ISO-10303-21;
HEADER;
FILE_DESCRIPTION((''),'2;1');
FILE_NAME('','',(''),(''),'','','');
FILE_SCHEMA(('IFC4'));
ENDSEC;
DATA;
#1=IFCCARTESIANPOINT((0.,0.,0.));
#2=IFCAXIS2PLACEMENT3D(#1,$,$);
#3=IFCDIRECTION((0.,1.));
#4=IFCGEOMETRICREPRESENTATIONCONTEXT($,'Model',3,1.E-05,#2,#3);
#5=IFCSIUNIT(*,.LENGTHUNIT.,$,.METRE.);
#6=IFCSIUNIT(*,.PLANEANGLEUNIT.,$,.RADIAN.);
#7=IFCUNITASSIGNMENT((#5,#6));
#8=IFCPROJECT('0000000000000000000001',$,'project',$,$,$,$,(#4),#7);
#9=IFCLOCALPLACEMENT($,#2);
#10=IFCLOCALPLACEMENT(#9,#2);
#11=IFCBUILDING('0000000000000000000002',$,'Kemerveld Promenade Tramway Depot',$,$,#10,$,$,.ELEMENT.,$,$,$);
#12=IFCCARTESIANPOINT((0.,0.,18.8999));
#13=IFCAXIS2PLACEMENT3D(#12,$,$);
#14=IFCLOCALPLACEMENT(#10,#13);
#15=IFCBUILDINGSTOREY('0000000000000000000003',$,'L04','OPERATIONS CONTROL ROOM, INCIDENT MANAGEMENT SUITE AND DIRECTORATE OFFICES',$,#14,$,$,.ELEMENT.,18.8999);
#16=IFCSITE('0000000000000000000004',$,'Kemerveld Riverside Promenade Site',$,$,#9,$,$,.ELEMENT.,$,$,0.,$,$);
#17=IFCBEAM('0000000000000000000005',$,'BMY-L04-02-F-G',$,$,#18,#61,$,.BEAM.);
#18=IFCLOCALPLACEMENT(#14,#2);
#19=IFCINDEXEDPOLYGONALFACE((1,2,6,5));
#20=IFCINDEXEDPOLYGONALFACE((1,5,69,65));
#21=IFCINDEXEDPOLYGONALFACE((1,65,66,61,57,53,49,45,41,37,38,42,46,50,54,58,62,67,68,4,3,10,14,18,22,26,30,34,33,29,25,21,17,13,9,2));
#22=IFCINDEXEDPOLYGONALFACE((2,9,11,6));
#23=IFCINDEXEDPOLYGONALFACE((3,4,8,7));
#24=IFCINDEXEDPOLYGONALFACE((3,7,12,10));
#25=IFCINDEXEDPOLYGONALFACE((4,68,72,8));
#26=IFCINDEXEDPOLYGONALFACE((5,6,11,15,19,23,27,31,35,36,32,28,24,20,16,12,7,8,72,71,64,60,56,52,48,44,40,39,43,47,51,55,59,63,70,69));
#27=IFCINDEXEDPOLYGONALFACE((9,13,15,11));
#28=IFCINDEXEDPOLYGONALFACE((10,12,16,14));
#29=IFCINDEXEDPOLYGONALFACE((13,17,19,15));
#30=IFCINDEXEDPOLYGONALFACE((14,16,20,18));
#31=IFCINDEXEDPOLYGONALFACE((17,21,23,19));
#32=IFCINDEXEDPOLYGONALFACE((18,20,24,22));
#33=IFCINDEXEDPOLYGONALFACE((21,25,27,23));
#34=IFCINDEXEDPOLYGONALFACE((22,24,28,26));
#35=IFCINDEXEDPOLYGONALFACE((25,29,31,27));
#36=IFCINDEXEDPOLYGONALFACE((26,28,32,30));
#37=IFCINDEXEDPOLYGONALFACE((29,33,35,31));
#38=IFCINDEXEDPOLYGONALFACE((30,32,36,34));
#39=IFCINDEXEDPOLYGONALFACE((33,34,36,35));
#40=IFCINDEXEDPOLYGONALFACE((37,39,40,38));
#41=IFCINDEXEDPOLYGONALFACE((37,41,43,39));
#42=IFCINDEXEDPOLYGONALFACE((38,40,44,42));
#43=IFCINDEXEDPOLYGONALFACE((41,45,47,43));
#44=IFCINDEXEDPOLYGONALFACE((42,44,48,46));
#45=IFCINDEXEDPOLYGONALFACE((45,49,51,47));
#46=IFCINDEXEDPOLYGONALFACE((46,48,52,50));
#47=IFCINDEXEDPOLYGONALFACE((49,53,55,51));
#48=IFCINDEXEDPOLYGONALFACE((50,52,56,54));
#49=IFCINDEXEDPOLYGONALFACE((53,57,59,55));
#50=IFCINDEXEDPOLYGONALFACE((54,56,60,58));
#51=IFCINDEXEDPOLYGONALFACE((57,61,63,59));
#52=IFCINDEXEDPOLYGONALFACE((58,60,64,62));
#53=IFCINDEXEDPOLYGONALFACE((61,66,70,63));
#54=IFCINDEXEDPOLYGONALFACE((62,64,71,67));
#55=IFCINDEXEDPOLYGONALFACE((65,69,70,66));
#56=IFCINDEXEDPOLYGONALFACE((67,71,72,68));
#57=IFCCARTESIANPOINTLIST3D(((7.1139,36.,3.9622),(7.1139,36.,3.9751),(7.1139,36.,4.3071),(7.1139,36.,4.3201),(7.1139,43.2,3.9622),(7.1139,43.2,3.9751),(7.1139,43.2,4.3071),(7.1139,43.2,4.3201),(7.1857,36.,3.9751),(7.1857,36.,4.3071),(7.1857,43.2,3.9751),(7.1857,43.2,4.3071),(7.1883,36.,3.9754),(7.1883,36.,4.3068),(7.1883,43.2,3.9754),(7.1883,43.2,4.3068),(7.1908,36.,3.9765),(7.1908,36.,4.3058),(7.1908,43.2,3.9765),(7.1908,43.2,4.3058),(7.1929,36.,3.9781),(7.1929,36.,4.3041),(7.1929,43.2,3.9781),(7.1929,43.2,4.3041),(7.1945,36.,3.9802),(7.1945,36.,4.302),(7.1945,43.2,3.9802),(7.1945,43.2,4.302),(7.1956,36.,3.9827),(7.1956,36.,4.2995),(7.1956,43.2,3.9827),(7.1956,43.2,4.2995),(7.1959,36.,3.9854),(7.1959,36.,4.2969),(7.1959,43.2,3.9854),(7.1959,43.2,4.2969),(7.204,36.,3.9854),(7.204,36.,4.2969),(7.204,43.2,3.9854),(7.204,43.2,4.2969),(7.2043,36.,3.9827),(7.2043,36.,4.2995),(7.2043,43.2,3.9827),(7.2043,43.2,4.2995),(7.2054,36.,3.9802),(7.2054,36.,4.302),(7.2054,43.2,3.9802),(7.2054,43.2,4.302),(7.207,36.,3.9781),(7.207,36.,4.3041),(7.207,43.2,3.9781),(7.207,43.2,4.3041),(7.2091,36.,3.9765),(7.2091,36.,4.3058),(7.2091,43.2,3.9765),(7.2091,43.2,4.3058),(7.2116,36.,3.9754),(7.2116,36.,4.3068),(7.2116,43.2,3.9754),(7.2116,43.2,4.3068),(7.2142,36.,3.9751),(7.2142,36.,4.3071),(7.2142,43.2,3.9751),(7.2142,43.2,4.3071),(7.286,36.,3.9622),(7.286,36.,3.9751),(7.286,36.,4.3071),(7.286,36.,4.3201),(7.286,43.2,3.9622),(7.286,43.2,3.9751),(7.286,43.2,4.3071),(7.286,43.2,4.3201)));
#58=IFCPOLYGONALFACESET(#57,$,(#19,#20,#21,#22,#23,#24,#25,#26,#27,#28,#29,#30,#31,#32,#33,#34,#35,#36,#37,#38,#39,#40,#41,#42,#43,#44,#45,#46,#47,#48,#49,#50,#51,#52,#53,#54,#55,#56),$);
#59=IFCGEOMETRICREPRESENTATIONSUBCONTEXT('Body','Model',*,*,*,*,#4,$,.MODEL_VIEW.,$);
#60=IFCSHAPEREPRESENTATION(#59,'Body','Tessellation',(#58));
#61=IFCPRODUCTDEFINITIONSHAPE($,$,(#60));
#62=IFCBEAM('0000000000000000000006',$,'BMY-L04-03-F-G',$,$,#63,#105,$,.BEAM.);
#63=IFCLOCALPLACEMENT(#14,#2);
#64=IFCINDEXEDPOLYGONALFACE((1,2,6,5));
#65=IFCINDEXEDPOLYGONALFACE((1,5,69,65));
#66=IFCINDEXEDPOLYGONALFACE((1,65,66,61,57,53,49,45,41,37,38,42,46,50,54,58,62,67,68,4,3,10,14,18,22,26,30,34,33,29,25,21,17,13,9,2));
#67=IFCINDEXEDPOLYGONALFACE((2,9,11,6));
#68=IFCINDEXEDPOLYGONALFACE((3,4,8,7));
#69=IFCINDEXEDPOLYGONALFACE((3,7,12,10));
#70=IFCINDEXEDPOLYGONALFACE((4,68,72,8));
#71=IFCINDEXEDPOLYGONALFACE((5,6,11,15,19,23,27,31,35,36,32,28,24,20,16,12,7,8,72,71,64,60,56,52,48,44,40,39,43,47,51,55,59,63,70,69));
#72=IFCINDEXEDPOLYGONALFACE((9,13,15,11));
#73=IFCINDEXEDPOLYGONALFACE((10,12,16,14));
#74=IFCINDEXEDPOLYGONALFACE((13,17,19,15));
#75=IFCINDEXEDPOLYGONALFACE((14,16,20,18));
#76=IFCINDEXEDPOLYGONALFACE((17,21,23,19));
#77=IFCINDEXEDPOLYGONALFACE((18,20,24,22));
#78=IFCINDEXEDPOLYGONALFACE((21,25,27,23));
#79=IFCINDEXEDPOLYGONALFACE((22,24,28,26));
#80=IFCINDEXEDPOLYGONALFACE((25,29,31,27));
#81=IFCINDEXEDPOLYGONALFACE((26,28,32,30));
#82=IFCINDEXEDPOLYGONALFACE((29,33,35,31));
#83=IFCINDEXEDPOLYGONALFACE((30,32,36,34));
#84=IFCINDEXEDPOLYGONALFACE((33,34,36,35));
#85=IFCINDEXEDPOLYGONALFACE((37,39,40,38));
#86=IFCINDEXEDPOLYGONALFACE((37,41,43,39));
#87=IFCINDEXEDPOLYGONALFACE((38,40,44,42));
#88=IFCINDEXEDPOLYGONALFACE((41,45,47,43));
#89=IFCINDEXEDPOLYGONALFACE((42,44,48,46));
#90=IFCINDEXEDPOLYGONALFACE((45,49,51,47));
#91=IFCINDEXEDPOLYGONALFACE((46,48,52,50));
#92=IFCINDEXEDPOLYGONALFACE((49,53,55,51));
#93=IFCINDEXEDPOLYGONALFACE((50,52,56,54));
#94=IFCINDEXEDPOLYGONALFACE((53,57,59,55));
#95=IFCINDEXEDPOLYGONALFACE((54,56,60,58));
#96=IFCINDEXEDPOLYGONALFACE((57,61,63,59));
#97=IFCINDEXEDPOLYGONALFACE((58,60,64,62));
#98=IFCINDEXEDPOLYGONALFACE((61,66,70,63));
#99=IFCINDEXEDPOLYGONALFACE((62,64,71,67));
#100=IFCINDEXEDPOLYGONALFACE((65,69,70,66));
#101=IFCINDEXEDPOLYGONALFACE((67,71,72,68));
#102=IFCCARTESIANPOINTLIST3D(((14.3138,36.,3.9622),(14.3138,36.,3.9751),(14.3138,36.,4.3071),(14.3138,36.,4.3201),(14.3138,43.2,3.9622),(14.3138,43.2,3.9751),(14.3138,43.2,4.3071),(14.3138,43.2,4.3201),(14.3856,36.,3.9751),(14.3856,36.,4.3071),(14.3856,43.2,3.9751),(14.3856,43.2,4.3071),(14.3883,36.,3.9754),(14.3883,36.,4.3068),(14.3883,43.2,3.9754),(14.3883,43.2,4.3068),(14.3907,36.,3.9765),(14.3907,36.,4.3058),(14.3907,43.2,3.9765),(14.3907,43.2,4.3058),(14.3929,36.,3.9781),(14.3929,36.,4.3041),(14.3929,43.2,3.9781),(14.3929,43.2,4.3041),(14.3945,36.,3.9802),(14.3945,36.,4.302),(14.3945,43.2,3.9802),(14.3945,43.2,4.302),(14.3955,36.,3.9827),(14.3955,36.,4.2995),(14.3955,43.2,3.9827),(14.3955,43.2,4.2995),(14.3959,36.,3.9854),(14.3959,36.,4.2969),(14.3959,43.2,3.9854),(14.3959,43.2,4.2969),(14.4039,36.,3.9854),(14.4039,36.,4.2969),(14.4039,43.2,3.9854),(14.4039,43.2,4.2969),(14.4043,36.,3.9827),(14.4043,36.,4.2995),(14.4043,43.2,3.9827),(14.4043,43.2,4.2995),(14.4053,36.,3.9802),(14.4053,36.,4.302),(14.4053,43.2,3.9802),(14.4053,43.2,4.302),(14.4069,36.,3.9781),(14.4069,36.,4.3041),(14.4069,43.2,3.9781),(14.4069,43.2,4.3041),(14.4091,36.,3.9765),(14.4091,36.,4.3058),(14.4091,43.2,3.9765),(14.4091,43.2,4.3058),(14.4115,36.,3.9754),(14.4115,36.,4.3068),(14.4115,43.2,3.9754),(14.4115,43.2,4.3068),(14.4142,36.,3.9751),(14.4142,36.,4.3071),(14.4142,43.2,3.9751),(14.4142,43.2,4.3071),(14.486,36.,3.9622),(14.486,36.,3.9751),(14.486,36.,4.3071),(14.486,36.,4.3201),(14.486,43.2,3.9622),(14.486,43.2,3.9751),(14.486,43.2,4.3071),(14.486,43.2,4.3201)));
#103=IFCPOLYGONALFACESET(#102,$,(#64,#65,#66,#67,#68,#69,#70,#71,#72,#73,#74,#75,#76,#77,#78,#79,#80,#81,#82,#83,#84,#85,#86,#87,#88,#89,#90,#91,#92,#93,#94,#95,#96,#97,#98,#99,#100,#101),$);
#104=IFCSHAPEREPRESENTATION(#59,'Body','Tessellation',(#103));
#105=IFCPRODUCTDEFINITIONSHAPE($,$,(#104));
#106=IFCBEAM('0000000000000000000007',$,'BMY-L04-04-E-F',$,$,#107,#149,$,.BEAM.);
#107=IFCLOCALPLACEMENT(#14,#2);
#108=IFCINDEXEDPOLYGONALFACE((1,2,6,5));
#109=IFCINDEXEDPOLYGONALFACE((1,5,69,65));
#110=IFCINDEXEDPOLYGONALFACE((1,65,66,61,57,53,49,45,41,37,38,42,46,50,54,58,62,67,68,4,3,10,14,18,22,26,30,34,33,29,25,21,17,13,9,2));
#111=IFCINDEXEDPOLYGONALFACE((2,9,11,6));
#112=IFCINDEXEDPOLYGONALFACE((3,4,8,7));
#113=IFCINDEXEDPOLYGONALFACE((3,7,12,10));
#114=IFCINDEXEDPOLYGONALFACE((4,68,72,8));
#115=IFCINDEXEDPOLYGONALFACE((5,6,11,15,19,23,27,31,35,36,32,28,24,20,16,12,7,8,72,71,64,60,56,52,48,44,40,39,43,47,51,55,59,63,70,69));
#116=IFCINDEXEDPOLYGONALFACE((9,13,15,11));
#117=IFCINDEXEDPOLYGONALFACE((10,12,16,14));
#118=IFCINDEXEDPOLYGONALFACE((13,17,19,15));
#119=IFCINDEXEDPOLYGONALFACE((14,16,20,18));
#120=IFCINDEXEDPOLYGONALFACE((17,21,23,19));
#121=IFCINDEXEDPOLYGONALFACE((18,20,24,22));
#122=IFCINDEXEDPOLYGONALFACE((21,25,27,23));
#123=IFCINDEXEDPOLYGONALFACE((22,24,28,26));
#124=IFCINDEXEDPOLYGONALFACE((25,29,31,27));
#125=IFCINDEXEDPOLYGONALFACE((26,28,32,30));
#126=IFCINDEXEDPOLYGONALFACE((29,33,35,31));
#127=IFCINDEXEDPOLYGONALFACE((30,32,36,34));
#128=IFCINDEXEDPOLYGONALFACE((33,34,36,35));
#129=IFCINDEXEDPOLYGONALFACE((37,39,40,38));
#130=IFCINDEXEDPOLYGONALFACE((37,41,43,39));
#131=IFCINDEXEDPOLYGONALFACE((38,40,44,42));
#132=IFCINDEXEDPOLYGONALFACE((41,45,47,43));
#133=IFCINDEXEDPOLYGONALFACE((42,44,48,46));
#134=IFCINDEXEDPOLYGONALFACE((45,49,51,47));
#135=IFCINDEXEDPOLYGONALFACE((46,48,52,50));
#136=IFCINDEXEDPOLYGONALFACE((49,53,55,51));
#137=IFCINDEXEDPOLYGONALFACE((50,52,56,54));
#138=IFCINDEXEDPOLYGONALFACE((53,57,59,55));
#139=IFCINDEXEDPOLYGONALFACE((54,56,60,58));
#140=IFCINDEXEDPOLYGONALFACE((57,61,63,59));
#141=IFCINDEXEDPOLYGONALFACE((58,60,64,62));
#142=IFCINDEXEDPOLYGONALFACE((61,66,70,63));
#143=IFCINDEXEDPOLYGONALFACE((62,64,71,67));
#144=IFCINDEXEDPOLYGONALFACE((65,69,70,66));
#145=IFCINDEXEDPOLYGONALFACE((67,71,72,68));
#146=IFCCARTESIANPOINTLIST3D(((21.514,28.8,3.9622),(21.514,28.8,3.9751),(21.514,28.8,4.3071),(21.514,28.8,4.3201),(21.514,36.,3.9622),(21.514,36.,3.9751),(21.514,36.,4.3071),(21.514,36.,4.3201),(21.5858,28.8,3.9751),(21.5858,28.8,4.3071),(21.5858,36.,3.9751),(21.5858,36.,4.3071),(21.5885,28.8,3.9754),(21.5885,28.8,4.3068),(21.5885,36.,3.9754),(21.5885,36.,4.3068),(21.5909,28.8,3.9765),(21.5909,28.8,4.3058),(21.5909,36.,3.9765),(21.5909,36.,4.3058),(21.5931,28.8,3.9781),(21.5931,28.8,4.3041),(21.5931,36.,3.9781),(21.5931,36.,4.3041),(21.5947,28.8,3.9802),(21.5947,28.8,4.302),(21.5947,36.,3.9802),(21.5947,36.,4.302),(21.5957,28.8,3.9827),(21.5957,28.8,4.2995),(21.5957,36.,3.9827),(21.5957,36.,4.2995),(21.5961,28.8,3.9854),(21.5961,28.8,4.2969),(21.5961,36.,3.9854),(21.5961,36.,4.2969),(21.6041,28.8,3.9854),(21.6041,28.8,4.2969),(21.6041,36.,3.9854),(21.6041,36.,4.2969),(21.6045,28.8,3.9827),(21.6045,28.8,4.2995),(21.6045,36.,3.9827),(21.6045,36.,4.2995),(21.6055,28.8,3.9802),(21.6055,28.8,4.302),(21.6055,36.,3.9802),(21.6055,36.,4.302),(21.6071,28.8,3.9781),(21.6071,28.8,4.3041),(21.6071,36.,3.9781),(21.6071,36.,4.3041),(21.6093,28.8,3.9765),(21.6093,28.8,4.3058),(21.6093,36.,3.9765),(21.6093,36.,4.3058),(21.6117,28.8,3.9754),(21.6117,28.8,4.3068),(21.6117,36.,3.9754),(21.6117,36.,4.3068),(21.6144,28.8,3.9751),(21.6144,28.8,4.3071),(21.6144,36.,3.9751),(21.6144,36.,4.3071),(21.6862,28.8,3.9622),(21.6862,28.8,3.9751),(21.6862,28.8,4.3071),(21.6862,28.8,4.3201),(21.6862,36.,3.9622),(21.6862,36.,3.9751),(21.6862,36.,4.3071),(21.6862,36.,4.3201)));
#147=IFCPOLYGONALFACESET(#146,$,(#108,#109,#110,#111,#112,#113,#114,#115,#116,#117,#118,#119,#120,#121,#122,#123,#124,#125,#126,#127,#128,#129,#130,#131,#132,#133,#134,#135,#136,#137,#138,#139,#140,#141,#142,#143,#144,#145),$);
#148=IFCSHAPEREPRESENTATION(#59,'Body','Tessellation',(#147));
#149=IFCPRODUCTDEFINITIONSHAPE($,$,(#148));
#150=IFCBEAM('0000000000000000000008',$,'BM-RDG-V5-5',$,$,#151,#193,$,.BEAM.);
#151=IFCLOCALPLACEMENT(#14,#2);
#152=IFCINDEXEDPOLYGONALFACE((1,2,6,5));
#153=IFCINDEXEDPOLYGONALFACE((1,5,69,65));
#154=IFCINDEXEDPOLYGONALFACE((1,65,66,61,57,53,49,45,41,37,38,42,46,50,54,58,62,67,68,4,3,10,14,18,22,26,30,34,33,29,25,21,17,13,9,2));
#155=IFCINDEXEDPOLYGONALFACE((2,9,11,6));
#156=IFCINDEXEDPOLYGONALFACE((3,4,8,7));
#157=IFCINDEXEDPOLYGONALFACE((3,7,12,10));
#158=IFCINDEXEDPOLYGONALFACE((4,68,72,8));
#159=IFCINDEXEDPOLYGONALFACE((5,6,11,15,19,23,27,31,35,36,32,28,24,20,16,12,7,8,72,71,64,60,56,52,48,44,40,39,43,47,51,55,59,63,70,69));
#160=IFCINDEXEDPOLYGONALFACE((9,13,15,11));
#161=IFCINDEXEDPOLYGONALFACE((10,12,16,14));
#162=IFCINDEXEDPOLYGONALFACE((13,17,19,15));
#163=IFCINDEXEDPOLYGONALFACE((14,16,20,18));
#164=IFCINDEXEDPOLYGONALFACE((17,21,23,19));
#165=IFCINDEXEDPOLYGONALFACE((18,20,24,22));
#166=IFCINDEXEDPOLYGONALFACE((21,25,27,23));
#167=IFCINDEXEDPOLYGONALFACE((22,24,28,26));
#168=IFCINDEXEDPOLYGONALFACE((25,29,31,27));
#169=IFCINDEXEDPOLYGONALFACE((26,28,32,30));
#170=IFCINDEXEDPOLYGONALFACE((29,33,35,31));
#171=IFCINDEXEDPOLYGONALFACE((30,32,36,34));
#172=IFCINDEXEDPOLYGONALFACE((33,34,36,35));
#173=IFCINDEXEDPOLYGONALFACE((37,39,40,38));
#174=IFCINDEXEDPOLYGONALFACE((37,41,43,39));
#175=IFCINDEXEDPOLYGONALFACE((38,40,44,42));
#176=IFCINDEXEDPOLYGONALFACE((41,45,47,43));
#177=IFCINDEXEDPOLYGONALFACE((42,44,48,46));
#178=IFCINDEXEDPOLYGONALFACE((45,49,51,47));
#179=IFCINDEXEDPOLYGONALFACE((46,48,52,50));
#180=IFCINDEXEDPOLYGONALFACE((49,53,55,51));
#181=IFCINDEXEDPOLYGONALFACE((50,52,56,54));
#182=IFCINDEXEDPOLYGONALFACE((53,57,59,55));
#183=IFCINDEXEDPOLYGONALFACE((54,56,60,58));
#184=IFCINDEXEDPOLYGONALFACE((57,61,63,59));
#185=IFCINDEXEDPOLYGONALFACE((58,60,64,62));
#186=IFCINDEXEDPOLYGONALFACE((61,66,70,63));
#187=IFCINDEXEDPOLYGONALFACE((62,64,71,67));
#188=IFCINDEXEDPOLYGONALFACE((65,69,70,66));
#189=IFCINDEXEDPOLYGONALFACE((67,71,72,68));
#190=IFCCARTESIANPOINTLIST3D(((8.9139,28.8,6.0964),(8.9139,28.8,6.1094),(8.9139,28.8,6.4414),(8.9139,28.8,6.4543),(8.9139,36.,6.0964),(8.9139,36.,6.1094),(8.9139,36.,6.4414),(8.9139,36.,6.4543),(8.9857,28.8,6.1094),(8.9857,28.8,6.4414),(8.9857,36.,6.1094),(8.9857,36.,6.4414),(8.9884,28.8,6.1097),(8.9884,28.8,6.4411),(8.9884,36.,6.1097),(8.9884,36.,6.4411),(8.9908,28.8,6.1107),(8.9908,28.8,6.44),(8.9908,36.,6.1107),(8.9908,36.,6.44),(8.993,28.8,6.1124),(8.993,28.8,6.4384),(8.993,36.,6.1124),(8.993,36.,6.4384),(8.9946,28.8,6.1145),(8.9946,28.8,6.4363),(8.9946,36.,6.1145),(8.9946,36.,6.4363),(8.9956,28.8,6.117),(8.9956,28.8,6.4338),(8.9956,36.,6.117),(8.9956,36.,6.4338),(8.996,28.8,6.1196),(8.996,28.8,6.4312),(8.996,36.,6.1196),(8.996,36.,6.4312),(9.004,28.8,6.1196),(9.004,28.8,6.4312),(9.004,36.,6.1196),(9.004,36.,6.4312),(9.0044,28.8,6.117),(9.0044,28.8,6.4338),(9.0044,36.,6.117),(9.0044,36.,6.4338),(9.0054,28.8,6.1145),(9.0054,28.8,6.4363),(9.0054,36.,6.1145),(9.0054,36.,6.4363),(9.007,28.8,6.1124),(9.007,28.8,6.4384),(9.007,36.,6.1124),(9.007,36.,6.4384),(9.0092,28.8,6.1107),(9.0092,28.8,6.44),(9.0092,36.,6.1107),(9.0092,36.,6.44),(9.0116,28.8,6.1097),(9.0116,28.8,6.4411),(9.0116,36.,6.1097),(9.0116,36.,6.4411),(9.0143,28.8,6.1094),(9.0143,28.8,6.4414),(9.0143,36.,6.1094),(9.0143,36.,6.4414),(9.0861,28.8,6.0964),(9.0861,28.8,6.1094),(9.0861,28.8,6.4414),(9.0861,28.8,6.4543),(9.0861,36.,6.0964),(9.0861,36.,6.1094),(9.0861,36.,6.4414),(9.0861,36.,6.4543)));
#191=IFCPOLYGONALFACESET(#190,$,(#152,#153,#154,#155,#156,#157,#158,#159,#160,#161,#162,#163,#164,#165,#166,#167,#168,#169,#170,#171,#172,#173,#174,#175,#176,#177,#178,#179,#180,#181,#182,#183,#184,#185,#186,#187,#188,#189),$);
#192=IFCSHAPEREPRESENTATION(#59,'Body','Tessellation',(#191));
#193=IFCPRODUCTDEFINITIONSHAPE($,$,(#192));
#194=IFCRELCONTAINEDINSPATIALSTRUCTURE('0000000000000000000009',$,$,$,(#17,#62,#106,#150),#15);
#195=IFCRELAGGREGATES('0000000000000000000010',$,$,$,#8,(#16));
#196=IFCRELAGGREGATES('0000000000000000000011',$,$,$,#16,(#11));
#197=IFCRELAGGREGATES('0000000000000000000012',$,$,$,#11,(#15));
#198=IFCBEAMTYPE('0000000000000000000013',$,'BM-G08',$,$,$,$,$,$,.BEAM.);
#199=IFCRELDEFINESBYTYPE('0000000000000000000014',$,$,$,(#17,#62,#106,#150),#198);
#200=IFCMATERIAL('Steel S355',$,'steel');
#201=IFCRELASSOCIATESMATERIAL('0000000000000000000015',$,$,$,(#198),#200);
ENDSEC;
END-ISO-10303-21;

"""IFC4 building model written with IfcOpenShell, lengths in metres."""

from ifc_helpers import new_model, si_unit, direction, frame, origin, origin_2d, place, context, subcontext, project, spatial, i_section, extrude, material, material_profile, profile_set, type_object, element, save


model = new_model("IFC4")

# Units and contexts
model_context = context("Model", 3, precision=1e-05, world=origin(), true_north=direction((0.0, 1.0)))
body_context = subcontext(model_context, "Body", "Model", "MODEL_VIEW")
ifc_project = project(units=[si_unit("LENGTHUNIT", "METRE"), si_unit("PLANEANGLEUNIT", "RADIAN")], contexts=[model_context])

# Site, building, storey
site_placement = place(None, origin())
site = spatial("IfcSite", under=ifc_project, at=site_placement, Name="Kemerveld Riverside Promenade Site", CompositionType="ELEMENT", RefElevation=0.0)
building_placement = place(site_placement, origin())
building = spatial("IfcBuilding", under=site, at=building_placement, Name="Kemerveld Promenade Tramway Depot", CompositionType="ELEMENT")
storey_placement = place(building_placement, frame((0.0, 0.0, 18.8999)))
storey = spatial("IfcBuildingStorey", under=building, at=storey_placement, Name="L04", Description="OPERATIONS CONTROL ROOM, INCIDENT MANAGEMENT SUITE AND DIRECTORATE OFFICES", CompositionType="ELEMENT", Elevation=18.8999)

# Shared definitions
ifc_material_1 = material(Name="Steel S355", Category="steel")

# Beams
ifc_material_profile_1 = material_profile(ifc_material_1, i_section(OverallWidth=0.1721, OverallDepth=0.3579, WebThickness=0.0081, FlangeThickness=0.0129, FilletRadius=0.0103, at=origin_2d()), Name="356x171x57 UB")
ifc_profile_set_1 = profile_set([ifc_material_profile_1], Name="Steel S355")
beam_type_1 = type_object("IfcBeamType", Name="BM-G08", PredefinedType="BEAM", material=ifc_profile_set_1)
for number, where, z_axis, x_axis, name in (
    (1, (7.2, 36.0, 4.1411), (0.0, 1.0, 0.0), (-1.0, 0.0, 0.0), "BMY-L04-02-F-G"),
    (2, (14.3999, 36.0, 4.1411), (0.0, 1.0, 0.0), (-1.0, 0.0, 0.0), "BMY-L04-03-F-G"),
    (3, (21.6001, 28.8, 4.1411), (0.0, 1.0, 0.0), (-1.0, 0.0, 0.0), "BMY-L04-04-E-F"),
    (4, (9.0, 28.8, 6.2754), (0.0, 1.0, 0.0), (-1.0, 0.0, 0.0), "BM-RDG-V5-5"),
):
    element("IfcBeam", number, at=place(storey_placement, frame(where, z_axis=z_axis, x_axis=x_axis)), inside=storey, type_object=beam_type_1, Name=name, PredefinedType="BEAM", context=body_context, shape_type="SweptSolid", body=[
        extrude(i_section(OverallWidth=0.1721, OverallDepth=0.3579, WebThickness=0.0081, FlangeThickness=0.0129, FilletRadius=0.0103, at=origin_2d()), origin(), (0.0, 0.0, 1.0), 7.2),
    ])

save(model, "model.ifc")
